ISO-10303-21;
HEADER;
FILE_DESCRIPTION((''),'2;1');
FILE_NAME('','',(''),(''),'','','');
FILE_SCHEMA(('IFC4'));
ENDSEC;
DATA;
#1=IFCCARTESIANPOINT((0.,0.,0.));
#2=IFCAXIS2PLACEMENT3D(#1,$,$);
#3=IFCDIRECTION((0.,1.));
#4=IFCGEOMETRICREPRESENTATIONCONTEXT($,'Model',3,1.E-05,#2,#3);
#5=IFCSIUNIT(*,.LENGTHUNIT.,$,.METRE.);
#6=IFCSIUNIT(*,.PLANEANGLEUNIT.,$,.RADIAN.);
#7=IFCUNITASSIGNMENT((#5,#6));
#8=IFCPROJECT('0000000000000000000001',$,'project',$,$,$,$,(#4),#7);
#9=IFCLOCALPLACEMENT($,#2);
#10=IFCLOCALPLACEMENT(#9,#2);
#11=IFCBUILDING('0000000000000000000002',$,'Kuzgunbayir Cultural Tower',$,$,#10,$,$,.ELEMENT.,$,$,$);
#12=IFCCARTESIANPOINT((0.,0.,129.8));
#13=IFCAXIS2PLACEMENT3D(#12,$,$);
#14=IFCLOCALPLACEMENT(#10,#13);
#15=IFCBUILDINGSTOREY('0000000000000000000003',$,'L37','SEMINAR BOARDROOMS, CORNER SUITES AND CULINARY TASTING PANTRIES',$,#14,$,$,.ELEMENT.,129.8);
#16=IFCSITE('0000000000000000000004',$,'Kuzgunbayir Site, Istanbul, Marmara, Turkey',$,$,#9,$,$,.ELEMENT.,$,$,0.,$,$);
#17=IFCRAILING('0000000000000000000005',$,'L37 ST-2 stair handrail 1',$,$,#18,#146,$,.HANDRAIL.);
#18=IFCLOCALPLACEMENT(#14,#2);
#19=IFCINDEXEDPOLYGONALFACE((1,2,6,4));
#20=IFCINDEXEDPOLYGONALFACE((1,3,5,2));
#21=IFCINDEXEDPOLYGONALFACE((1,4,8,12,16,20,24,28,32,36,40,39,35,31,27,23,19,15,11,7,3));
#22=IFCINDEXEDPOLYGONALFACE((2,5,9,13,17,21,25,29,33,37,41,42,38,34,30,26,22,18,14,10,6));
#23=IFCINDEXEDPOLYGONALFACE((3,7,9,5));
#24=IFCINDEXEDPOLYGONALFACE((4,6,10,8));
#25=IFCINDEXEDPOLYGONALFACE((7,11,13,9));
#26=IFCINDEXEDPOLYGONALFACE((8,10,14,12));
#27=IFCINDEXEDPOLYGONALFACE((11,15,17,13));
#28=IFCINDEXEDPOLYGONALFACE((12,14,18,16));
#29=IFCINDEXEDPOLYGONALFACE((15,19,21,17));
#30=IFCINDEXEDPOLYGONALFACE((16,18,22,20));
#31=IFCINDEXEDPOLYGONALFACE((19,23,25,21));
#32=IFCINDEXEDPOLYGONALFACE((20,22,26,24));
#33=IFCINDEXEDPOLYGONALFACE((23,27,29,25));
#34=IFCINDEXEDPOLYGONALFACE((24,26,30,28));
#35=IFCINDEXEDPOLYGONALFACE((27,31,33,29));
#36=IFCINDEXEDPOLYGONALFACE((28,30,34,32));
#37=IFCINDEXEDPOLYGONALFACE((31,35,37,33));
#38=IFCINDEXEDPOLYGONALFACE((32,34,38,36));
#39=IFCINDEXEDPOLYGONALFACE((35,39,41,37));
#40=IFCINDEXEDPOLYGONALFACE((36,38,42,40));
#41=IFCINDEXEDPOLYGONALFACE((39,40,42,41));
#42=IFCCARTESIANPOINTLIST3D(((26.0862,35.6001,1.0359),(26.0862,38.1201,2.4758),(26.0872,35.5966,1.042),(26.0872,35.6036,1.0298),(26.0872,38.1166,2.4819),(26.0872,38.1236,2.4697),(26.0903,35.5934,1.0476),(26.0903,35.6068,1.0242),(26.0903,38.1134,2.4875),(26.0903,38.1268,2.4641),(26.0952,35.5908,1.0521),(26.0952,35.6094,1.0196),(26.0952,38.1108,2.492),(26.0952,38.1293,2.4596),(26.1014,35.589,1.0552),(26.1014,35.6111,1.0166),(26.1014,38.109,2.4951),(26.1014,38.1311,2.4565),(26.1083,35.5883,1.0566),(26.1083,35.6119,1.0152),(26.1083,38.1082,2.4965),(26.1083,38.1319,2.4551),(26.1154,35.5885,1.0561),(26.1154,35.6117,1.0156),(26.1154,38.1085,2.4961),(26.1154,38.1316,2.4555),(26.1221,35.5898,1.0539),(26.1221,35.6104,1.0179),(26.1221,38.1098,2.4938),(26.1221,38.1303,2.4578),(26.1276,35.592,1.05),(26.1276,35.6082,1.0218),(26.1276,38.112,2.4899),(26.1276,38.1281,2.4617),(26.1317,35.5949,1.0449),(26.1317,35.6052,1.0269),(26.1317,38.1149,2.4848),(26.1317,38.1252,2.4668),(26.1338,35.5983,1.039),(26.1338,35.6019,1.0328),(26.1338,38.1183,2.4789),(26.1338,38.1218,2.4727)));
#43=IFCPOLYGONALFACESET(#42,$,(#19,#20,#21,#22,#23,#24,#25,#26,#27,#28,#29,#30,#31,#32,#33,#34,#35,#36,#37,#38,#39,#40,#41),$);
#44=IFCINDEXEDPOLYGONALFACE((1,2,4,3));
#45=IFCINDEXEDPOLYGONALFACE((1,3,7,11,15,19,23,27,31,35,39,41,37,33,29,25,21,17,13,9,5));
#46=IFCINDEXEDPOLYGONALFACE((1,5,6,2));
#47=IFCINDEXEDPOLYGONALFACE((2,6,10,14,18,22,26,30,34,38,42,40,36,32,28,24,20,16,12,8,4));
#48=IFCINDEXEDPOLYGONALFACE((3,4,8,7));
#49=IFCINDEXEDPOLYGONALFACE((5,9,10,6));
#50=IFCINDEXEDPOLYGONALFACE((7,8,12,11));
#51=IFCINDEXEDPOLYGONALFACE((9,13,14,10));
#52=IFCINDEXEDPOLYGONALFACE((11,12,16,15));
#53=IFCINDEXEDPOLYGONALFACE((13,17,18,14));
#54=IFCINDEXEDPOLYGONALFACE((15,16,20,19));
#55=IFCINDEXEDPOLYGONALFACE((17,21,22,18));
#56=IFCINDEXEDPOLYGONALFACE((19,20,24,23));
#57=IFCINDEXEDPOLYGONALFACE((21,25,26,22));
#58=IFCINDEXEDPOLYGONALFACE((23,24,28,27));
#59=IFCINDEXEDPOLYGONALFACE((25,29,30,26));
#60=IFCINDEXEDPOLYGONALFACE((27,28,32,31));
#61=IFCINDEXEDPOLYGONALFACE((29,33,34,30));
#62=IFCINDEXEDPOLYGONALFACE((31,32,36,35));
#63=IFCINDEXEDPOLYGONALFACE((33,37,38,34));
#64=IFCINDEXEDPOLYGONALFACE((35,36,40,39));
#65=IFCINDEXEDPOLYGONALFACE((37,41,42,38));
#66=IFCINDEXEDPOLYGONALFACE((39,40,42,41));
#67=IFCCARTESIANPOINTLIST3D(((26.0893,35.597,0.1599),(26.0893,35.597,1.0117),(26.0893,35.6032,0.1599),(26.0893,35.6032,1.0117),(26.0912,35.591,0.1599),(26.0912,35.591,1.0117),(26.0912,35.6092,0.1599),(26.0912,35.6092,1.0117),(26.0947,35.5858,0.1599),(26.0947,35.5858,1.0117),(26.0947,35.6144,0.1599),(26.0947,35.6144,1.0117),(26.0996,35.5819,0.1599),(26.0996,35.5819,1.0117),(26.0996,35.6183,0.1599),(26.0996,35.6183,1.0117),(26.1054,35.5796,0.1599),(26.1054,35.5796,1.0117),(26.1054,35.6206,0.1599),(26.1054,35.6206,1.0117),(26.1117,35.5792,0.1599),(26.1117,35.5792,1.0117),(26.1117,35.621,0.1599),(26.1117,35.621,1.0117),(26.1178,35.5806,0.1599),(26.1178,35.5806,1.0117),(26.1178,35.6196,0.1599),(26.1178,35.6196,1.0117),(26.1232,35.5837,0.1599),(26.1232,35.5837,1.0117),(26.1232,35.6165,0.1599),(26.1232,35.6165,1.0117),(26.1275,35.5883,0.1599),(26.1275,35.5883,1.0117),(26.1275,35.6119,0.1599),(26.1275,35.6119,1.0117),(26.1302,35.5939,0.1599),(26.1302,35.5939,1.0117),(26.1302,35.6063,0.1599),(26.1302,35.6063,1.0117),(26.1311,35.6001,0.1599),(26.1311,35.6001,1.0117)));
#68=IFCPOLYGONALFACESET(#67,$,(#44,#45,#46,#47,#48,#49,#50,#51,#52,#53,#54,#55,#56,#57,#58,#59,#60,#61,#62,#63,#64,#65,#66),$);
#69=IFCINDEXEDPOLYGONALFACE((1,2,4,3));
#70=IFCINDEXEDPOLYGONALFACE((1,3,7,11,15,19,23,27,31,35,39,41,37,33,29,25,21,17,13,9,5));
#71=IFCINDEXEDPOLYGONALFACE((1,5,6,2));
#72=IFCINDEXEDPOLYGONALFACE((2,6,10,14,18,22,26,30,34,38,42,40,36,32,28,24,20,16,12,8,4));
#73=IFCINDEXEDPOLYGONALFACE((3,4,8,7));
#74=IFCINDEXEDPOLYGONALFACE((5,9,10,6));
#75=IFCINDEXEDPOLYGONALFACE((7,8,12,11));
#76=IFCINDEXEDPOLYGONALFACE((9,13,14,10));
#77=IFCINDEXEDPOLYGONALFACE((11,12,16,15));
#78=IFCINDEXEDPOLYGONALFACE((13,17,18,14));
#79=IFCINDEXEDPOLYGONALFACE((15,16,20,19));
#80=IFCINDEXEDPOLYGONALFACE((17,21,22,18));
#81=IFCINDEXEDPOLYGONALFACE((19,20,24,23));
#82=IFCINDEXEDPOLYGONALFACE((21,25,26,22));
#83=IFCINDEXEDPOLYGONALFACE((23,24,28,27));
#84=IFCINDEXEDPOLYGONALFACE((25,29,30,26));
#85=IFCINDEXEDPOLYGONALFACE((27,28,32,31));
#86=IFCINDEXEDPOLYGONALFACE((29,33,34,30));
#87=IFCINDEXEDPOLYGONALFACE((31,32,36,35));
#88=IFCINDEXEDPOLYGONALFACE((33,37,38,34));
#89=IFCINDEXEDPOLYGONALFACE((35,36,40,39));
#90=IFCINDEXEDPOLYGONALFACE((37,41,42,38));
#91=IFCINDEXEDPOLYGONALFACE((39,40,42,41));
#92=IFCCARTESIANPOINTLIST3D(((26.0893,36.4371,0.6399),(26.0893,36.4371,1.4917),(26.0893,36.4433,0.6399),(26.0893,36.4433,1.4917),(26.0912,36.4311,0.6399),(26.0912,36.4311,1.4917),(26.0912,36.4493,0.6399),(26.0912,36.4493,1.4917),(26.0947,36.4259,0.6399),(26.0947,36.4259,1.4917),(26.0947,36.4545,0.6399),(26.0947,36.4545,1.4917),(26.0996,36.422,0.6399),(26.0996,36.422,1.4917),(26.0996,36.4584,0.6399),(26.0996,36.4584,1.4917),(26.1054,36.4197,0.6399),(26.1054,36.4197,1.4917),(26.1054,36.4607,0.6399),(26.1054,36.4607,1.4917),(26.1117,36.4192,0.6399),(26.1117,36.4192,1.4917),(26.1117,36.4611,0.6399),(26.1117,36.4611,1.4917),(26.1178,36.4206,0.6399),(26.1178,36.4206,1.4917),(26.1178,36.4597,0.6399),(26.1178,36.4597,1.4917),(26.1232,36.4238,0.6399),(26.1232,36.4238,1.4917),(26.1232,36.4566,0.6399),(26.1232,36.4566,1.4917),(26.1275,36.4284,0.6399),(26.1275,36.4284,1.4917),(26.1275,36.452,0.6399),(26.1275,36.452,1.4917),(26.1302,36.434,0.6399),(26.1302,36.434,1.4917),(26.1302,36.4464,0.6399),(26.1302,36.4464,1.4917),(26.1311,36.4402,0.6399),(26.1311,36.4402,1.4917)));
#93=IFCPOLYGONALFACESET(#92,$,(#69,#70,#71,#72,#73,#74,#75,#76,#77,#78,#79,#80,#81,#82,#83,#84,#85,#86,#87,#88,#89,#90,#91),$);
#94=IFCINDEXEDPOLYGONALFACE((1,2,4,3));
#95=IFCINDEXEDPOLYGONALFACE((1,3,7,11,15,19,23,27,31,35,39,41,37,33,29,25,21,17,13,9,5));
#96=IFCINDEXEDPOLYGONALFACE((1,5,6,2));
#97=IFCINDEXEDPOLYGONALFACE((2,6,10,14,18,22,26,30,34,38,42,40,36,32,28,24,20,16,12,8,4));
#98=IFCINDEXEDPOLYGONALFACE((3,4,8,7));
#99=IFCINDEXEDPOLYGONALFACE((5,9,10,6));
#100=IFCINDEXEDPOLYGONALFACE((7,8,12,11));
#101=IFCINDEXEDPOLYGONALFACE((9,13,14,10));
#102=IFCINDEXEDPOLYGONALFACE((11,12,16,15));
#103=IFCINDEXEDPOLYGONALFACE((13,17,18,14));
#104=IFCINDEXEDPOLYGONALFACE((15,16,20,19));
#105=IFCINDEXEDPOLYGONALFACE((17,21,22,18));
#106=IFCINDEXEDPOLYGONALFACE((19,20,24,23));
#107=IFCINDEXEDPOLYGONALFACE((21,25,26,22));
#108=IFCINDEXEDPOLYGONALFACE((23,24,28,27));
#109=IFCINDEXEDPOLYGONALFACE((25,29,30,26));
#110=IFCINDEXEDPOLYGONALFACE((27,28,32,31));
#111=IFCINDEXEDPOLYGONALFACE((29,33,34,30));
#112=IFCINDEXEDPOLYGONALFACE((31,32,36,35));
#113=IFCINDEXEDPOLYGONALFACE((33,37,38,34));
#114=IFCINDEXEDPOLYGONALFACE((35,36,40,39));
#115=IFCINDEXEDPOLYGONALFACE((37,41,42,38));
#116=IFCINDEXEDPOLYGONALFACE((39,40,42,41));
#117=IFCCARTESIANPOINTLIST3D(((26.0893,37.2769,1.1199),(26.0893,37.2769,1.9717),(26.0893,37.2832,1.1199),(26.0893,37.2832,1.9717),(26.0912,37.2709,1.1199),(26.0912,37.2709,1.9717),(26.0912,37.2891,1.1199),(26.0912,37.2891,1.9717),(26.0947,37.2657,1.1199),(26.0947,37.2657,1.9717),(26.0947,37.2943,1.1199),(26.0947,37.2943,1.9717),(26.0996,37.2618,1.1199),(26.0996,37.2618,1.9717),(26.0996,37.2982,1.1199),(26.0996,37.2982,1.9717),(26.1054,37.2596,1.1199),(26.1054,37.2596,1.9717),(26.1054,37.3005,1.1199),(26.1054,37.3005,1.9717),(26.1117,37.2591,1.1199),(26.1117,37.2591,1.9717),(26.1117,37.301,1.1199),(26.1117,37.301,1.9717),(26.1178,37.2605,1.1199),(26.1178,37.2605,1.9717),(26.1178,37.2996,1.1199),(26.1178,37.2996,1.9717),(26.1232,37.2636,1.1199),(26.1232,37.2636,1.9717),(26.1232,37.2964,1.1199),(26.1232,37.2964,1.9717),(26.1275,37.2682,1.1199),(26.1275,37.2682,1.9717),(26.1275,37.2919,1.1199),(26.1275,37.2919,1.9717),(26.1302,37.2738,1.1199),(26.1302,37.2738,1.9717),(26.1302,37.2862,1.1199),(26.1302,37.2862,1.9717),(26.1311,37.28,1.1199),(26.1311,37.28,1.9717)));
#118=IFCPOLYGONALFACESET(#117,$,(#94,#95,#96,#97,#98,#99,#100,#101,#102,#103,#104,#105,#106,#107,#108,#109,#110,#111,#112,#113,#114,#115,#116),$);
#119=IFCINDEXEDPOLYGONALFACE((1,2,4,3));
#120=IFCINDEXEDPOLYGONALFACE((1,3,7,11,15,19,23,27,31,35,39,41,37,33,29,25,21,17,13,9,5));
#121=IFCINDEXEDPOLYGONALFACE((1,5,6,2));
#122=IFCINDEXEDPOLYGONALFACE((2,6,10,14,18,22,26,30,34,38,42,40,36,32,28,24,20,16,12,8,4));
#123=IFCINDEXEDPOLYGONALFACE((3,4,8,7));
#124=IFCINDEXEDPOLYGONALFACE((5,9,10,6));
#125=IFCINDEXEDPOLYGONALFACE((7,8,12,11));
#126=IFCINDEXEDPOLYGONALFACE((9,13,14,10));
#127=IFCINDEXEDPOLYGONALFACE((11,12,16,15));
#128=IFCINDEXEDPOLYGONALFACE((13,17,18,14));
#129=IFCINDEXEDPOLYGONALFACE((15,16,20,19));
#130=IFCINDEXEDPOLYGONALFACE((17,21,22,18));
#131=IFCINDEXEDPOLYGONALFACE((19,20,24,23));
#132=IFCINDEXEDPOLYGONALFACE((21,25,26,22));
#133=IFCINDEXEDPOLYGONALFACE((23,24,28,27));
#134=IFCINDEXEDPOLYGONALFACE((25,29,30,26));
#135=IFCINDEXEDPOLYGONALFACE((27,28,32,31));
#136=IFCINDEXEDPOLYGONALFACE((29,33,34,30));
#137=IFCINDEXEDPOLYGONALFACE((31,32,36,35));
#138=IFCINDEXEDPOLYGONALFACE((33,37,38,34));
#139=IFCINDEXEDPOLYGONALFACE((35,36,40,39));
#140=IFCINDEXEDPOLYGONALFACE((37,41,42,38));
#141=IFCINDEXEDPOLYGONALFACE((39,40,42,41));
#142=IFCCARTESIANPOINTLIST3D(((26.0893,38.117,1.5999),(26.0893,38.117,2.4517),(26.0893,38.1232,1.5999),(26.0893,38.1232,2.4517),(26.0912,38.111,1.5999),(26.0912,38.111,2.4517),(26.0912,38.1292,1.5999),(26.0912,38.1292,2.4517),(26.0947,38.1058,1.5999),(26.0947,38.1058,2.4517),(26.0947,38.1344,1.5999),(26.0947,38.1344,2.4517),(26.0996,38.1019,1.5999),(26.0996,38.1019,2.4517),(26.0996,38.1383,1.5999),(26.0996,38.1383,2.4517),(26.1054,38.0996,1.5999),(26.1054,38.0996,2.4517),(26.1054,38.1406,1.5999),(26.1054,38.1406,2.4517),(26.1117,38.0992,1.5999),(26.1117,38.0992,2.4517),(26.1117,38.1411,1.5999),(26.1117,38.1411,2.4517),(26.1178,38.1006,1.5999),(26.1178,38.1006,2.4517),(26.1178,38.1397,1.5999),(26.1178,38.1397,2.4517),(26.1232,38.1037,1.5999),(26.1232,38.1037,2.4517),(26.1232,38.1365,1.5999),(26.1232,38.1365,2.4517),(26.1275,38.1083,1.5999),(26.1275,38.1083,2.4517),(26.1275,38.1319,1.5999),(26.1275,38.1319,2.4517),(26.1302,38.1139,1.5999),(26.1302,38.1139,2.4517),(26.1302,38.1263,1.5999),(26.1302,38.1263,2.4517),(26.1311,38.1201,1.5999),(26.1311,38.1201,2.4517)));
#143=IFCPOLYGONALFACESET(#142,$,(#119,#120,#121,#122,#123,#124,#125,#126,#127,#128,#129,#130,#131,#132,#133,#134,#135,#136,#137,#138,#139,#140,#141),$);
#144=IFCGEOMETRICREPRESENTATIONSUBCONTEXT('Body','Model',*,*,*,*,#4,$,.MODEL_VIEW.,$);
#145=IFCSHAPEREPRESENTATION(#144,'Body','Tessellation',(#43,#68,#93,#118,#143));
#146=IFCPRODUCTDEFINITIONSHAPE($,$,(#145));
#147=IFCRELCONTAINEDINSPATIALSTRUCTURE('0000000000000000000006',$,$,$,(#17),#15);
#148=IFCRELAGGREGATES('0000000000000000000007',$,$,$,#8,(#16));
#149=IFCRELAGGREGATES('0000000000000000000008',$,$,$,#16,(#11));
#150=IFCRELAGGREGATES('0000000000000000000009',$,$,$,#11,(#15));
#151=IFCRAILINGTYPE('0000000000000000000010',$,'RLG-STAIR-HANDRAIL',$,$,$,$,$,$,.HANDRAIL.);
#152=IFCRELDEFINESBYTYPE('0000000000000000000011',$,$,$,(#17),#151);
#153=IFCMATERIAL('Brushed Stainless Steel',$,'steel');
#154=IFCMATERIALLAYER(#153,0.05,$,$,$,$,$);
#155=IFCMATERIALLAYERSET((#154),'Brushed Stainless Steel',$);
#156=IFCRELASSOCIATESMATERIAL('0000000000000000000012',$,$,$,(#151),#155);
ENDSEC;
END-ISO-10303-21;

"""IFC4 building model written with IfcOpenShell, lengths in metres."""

from ifc_helpers import new_model, si_unit, direction, frame, origin, origin_2d, place, context, subcontext, project, spatial, circle, extrude, material, layer, layer_set, type_object, element, save


model = new_model("IFC4")

# Units and contexts
model_context = context("Model", 3, precision=1e-05, world=origin(), true_north=direction((0.0, 1.0)))
body_context = subcontext(model_context, "Body", "Model", "MODEL_VIEW")
ifc_project = project(units=[si_unit("LENGTHUNIT", "METRE"), si_unit("PLANEANGLEUNIT", "RADIAN")], contexts=[model_context])

# Site, building, storey
site_placement = place(None, origin())
site = spatial("IfcSite", under=ifc_project, at=site_placement, Name="Kuzgunbayir Site, Istanbul, Marmara, Turkey", CompositionType="ELEMENT", RefElevation=0.0)
building_placement = place(site_placement, origin())
building = spatial("IfcBuilding", under=site, at=building_placement, Name="Kuzgunbayir Cultural Tower", CompositionType="ELEMENT")
storey_placement = place(building_placement, frame((0.0, 0.0, 129.8)))
storey = spatial("IfcBuildingStorey", under=building, at=storey_placement, Name="L37", Description="SEMINAR BOARDROOMS, CORNER SUITES AND CULINARY TASTING PANTRIES", CompositionType="ELEMENT", Elevation=129.8)

# Shared definitions
ifc_material_1 = material(Name="Brushed Stainless Steel", Category="steel")

# Railing
ifc_layer_1 = layer(ifc_material_1, 0.05)
ifc_layer_set_1 = layer_set([ifc_layer_1], Name="Brushed Stainless Steel")
railing_type_1 = type_object("IfcRailingType", Name="RLG-STAIR-HANDRAIL", PredefinedType="HANDRAIL", material=ifc_layer_set_1)
railing_1_placement = place(storey_placement, frame((26.1101, 35.6001, 0.1599)))
element("IfcRailing", 1, at=railing_1_placement, inside=storey, type_object=railing_type_1, Name="L37 ST-2 stair handrail 1", PredefinedType="HANDRAIL", context=body_context, shape_type="SweptSolid", body=[
    extrude(circle(Radius=0.0239, at=origin_2d()), frame((0.0, 0.0, 0.876), z_axis=(0.0, 0.868253, 0.496121), x_axis=(-1.0, 0.0, 0.0)), (0.0, 0.0, 1.0), 2.9023),
    extrude(circle(Radius=0.021, at=origin_2d()), origin(), (0.0, 0.0, 1.0), 0.8518),
    extrude(circle(Radius=0.021, at=origin_2d()), frame((0.0, 0.8401, 0.48)), (0.0, 0.0, 1.0), 0.8518),
    extrude(circle(Radius=0.021, at=origin_2d()), frame((0.0, 1.6799, 0.96)), (0.0, 0.0, 1.0), 0.8518),
    extrude(circle(Radius=0.021, at=origin_2d()), frame((0.0, 2.52, 1.4399)), (0.0, 0.0, 1.0), 0.8518),
])

save(model, "model.ifc")
